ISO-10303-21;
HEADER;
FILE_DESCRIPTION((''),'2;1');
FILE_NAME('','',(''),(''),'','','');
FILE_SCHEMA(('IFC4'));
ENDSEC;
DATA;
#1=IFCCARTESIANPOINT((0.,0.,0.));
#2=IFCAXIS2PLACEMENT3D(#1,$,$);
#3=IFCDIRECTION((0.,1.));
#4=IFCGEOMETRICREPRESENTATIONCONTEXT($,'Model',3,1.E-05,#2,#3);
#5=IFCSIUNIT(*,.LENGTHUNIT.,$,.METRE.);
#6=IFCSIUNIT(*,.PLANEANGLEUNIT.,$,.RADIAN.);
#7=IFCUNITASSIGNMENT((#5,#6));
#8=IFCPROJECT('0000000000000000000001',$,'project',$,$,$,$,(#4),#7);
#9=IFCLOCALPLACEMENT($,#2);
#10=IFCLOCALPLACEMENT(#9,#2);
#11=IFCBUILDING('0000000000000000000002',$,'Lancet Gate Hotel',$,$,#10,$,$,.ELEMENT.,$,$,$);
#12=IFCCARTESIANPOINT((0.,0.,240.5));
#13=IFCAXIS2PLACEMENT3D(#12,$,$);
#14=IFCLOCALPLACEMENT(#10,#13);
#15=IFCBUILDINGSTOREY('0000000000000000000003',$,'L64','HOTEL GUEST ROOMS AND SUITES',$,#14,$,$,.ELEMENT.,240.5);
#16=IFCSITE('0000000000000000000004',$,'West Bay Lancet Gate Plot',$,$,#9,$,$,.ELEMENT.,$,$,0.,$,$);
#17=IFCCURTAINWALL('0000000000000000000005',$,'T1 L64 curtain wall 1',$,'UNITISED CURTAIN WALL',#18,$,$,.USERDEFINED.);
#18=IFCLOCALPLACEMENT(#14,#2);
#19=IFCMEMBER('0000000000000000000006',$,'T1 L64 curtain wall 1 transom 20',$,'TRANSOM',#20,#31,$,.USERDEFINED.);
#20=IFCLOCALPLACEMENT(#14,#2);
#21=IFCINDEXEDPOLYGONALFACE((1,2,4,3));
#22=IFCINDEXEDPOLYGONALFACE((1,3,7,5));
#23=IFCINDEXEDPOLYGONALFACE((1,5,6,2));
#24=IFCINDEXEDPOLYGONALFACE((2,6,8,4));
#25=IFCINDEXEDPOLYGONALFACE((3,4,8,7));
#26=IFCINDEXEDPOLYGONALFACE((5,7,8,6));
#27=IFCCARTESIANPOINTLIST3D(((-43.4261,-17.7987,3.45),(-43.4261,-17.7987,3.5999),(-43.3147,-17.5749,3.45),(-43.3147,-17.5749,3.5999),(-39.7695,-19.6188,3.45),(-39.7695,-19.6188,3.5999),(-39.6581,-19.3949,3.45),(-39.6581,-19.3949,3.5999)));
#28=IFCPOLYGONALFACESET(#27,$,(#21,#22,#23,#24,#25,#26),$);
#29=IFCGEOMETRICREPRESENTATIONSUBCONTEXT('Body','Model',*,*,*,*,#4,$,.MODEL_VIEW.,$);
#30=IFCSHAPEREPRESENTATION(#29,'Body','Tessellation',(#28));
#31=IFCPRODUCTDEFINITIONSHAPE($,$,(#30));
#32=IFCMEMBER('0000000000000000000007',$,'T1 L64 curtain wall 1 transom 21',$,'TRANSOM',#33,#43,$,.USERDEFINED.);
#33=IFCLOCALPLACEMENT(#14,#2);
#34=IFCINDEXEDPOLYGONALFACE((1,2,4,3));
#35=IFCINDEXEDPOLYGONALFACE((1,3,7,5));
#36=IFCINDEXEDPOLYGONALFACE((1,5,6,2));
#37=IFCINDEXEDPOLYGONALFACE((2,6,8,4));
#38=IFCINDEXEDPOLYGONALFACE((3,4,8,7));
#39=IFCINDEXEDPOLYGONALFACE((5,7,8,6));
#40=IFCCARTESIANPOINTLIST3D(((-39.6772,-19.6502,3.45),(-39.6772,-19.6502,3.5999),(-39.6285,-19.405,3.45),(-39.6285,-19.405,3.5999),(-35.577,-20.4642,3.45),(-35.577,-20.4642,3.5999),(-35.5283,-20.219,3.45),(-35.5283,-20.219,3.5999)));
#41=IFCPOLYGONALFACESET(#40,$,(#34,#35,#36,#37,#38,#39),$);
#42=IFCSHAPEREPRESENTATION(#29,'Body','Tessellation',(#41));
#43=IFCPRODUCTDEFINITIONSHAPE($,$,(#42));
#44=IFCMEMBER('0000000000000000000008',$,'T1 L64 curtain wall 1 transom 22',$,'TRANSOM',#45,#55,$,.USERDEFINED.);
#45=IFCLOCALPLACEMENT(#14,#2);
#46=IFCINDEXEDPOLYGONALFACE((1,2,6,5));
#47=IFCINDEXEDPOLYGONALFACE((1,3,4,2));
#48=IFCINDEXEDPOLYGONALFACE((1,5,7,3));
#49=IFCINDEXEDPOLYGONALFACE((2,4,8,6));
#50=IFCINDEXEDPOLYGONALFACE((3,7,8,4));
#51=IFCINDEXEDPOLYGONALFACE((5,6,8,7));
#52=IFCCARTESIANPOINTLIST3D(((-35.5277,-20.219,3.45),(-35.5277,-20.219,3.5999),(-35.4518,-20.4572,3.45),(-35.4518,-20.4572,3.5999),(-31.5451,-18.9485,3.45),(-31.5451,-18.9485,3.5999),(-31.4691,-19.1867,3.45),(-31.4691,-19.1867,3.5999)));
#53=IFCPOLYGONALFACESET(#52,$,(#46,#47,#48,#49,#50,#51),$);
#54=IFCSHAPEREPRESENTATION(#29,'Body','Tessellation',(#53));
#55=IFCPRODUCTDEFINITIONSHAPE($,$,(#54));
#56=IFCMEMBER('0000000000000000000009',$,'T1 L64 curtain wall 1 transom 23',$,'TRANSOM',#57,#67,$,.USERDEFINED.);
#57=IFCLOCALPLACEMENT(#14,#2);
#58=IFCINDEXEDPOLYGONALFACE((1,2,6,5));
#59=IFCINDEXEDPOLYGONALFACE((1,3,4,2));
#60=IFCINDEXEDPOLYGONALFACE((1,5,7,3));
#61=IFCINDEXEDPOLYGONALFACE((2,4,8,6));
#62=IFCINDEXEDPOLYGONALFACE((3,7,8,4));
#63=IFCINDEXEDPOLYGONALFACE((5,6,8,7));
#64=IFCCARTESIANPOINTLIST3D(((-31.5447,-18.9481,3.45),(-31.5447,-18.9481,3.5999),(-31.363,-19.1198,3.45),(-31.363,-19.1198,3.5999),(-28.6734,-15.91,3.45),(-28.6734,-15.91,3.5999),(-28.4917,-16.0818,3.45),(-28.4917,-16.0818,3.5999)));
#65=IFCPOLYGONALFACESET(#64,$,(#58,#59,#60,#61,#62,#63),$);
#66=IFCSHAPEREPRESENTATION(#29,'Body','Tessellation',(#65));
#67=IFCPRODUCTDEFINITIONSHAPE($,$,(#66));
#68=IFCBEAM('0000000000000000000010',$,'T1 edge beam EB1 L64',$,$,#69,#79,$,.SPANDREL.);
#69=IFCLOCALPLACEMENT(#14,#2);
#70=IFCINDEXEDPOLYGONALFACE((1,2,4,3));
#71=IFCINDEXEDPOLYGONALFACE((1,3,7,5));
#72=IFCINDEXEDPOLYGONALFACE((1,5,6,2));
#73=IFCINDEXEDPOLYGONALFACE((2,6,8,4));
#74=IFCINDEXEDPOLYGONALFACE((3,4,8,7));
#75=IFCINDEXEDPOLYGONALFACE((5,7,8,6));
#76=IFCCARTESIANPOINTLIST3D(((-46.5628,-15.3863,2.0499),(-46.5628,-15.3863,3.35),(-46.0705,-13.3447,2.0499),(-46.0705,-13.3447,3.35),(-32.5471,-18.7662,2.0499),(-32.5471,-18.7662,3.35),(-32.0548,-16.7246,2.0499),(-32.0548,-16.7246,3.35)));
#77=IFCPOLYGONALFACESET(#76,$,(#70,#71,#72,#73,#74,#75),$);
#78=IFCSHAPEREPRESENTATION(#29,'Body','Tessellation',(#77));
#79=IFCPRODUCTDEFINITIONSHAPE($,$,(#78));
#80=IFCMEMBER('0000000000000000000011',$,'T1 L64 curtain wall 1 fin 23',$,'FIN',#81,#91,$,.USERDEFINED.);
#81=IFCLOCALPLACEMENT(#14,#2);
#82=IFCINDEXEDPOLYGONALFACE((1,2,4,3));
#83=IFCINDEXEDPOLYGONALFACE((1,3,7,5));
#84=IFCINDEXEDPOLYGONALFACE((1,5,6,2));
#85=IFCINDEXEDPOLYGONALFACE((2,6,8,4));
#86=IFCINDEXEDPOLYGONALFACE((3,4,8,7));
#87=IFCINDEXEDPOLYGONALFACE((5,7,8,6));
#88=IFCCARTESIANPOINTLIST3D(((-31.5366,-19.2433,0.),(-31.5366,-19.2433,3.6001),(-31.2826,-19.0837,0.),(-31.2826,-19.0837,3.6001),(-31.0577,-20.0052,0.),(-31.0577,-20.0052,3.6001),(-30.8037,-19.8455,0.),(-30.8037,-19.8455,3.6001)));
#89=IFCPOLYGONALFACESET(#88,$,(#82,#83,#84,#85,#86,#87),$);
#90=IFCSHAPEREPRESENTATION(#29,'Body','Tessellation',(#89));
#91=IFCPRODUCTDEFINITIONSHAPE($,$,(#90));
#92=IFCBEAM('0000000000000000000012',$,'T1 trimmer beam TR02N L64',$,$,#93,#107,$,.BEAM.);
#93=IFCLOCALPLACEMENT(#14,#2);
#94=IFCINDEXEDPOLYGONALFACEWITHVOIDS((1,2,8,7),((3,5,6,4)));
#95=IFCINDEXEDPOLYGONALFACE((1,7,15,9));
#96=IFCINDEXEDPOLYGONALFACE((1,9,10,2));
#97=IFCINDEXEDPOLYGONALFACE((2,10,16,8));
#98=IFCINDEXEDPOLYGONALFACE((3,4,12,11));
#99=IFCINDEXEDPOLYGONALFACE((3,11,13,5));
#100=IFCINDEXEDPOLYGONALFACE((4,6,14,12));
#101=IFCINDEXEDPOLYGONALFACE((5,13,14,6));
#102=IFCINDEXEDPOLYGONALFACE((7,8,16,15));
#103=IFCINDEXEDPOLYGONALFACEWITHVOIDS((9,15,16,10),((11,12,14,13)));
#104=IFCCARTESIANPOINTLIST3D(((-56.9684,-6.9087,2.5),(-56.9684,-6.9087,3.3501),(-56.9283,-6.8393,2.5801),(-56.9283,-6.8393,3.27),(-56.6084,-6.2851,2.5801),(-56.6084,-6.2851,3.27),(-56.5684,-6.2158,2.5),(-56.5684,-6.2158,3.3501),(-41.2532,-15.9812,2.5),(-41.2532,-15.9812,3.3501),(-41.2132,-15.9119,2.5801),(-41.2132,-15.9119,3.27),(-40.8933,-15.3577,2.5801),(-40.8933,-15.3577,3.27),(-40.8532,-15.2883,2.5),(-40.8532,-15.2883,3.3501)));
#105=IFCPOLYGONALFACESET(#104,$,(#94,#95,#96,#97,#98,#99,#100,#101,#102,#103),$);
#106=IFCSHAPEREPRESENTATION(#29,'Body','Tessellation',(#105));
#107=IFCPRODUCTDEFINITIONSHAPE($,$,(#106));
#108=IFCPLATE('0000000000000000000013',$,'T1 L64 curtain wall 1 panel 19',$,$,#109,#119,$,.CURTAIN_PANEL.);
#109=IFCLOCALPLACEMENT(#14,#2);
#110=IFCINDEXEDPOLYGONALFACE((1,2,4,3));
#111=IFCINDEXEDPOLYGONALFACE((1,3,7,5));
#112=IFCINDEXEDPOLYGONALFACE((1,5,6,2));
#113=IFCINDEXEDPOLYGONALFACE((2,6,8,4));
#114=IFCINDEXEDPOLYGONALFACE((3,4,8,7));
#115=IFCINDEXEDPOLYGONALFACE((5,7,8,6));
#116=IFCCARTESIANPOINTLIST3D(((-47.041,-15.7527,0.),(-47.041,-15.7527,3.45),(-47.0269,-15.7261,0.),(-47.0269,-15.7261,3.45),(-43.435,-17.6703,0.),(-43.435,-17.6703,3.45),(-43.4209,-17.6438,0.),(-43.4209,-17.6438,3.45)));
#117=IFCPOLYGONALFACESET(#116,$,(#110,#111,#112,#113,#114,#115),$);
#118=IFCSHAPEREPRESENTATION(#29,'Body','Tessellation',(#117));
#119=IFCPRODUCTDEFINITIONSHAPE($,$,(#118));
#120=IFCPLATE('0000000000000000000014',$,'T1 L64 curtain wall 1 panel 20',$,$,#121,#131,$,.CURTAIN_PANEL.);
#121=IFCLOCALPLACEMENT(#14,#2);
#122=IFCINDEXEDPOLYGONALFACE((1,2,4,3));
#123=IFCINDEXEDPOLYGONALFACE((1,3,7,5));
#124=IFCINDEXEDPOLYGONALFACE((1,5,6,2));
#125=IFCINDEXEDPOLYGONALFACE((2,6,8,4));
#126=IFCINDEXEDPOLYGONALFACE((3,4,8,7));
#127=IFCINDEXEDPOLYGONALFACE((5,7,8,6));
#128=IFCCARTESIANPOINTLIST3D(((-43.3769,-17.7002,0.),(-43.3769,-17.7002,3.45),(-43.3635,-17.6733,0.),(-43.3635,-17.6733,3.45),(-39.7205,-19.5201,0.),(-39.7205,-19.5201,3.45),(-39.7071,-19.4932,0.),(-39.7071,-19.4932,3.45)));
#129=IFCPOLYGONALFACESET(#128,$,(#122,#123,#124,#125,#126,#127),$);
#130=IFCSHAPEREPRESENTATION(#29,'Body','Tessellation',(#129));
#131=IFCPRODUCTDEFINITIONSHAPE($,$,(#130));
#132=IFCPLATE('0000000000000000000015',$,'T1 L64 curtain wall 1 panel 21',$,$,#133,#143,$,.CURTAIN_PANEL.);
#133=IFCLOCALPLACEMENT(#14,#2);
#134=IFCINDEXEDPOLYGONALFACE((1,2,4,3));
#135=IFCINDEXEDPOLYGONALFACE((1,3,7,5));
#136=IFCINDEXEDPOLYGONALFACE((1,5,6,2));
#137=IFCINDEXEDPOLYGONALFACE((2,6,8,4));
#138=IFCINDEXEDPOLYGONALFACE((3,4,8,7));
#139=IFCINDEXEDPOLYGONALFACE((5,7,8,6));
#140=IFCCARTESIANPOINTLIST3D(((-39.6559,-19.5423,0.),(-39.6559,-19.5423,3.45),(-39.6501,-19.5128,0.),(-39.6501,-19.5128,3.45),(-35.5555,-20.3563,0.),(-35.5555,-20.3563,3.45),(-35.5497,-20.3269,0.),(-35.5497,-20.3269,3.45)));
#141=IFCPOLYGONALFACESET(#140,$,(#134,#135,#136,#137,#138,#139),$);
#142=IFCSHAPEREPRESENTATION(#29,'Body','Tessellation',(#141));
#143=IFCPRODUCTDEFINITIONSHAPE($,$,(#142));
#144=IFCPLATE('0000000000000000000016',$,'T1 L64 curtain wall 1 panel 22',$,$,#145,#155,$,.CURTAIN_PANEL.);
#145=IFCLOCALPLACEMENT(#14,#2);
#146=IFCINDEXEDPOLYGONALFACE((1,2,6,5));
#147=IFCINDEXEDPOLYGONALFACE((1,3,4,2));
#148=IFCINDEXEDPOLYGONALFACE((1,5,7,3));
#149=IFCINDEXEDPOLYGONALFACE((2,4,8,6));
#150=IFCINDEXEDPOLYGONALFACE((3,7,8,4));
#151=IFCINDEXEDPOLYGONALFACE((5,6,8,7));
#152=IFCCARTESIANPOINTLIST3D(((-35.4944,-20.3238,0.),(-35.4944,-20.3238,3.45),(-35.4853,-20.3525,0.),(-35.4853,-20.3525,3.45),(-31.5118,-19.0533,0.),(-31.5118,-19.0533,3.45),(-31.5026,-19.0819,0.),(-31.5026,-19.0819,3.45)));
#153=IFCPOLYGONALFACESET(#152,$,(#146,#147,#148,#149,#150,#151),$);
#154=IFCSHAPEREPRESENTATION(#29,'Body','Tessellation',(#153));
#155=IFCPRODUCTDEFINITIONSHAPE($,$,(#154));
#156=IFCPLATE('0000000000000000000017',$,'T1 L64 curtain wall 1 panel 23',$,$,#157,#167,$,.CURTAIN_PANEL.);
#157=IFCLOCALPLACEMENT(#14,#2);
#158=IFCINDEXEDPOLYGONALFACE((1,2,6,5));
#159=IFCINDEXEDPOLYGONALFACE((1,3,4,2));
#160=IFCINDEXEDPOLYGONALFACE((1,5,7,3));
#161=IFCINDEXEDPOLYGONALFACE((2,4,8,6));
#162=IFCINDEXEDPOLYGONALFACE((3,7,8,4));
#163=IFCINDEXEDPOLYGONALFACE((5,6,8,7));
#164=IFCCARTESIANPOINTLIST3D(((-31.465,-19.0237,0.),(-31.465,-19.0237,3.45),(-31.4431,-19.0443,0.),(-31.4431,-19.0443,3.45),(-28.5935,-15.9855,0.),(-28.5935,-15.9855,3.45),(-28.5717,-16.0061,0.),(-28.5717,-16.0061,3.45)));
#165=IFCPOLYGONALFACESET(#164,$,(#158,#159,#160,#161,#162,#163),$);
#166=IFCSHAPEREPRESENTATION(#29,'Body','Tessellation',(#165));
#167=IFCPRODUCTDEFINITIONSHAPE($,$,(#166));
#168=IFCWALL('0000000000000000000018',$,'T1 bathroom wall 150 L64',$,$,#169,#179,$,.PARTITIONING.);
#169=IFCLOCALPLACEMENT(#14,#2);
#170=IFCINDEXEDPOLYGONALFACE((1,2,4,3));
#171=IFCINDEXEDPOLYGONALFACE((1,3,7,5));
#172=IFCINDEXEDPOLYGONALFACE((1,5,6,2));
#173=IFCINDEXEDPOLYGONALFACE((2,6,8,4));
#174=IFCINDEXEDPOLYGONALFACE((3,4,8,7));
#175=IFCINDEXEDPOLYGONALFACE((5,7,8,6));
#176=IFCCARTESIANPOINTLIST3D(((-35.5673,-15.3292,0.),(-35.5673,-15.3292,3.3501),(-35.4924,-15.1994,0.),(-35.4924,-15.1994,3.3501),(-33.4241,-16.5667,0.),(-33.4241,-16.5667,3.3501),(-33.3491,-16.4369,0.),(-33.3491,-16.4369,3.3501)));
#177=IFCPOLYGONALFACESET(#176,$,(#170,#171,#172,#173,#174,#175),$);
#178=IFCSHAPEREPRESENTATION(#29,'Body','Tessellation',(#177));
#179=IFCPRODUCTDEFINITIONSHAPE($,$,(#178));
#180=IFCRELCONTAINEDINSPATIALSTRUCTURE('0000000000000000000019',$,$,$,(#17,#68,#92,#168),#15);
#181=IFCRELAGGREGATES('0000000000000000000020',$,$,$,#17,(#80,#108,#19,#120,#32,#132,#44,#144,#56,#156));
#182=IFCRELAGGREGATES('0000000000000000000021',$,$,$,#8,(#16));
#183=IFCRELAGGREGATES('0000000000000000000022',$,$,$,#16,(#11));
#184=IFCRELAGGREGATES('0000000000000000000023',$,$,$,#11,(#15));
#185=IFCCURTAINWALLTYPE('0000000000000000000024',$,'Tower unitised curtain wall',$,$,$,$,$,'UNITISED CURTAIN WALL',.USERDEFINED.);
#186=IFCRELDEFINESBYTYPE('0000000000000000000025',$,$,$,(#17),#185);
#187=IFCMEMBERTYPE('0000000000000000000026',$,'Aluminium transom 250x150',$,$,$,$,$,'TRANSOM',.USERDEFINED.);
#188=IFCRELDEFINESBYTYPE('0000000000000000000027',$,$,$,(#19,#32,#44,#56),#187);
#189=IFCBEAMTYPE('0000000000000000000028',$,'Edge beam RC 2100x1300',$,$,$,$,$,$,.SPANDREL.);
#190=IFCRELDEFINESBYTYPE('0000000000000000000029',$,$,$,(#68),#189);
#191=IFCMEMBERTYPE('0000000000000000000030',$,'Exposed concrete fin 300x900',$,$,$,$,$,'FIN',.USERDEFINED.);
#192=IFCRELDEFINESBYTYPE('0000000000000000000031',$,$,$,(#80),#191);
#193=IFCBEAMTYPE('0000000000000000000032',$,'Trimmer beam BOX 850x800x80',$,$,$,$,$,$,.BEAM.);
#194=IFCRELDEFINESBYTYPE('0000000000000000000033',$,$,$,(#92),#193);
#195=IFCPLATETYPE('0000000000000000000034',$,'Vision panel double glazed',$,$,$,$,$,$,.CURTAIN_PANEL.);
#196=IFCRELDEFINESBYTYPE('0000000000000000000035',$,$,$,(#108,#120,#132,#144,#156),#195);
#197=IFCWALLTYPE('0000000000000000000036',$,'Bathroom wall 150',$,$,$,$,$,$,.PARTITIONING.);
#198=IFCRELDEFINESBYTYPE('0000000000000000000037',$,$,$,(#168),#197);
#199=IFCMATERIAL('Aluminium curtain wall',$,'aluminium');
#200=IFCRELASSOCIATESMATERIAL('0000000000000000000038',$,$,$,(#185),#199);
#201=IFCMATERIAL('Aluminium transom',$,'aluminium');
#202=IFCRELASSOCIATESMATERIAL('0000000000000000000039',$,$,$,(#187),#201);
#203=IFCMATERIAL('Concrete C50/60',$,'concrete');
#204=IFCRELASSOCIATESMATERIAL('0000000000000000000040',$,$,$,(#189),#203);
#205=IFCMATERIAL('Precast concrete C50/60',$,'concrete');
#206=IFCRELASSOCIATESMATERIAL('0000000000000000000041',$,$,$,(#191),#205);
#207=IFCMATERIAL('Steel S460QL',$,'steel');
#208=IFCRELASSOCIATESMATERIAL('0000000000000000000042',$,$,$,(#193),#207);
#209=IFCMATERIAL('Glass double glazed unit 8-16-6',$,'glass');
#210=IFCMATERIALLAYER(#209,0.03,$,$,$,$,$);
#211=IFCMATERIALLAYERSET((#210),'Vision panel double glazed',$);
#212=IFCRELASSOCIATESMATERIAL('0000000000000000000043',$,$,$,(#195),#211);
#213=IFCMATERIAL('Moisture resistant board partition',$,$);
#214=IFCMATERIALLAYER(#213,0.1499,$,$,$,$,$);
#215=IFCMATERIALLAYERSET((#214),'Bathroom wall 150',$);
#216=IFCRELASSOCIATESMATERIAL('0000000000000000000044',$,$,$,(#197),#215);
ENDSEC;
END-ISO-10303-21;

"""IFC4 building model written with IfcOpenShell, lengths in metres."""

from ifc_helpers import new_model, si_unit, direction, frame, frame_2d, origin, origin_2d, place, context, subcontext, project, spatial, rectangle, hollow_rectangle, extrude, material, layer, layer_set, material_profile, profile_set, type_object, element, aggregate, save


model = new_model("IFC4")

# Units and contexts
model_context = context("Model", 3, precision=1e-05, world=origin(), true_north=direction((0.0, 1.0)))
body_context = subcontext(model_context, "Body", "Model", "MODEL_VIEW")
ifc_project = project(units=[si_unit("LENGTHUNIT", "METRE"), si_unit("PLANEANGLEUNIT", "RADIAN")], contexts=[model_context])

# Site, building, storey
site_placement = place(None, origin())
site = spatial("IfcSite", under=ifc_project, at=site_placement, Name="West Bay Lancet Gate Plot", CompositionType="ELEMENT", RefElevation=0.0)
building_placement = place(site_placement, origin())
building = spatial("IfcBuilding", under=site, at=building_placement, Name="Lancet Gate Hotel", CompositionType="ELEMENT")
storey_placement = place(building_placement, frame((0.0, 0.0, 240.5)))
storey = spatial("IfcBuildingStorey", under=building, at=storey_placement, Name="L64", Description="HOTEL GUEST ROOMS AND SUITES", CompositionType="ELEMENT", Elevation=240.5)

# Curtain wall, members
ifc_material_1 = material(Name="Aluminium curtain wall", Category="aluminium")
curtain_wall_type = type_object("IfcCurtainWallType", Name="Tower unitised curtain wall", ElementType="UNITISED CURTAIN WALL", PredefinedType="USERDEFINED", material=ifc_material_1)
curtain_wall_placement = place(storey_placement, origin())
curtain_wall = element("IfcCurtainWall", 1, at=curtain_wall_placement, inside=storey, type_object=curtain_wall_type, Name="T1 L64 curtain wall 1", ObjectType="UNITISED CURTAIN WALL", PredefinedType="USERDEFINED")
ifc_material_2 = material(Name="Aluminium transom", Category="aluminium")
ifc_material_profile_1 = material_profile(ifc_material_2, rectangle(XDim=0.25, YDim=0.1499, at=origin_2d()), Name="TRANSOM 250x150")
ifc_profile_set_1 = profile_set([ifc_material_profile_1], Name="Aluminium transom")
member_type_1 = type_object("IfcMemberType", Name="Aluminium transom 250x150", ElementType="TRANSOM", PredefinedType="USERDEFINED", material=ifc_profile_set_1)
member_1_placement = place(storey_placement, frame((-43.3704, -17.6868, 3.5249), z_axis=(0.895227, -0.445611, 0.0), x_axis=(0.445611, 0.895227, 0.0)))
member_1 = element("IfcMember", 2, at=member_1_placement, type_object=member_type_1, Name="T1 L64 curtain wall 1 transom 20", ObjectType="TRANSOM", PredefinedType="USERDEFINED", context=body_context, shape_type="SweptSolid", body=[
    extrude(rectangle(XDim=0.25, YDim=0.1499, at=origin_2d()), origin(), (0.0, 0.0, 1.0), 4.0845),
])
member_2_placement = place(storey_placement, frame((-39.6528, -19.5276, 3.5249), z_axis=(0.980858, -0.194723, 0.0), x_axis=(0.194723, 0.980858, 0.0)))
member_2 = element("IfcMember", 3, at=member_2_placement, type_object=member_type_1, Name="T1 L64 curtain wall 1 transom 21", ObjectType="TRANSOM", PredefinedType="USERDEFINED", context=body_context, shape_type="SweptSolid", body=[
    extrude(rectangle(XDim=0.25, YDim=0.1499, at=origin_2d()), origin(), (0.0, 0.0, 1.0), 4.1802),
])
member_3_placement = place(storey_placement, frame((-35.4897, -20.3381, 3.5249), z_axis=(0.952698, 0.30392, 0.0), x_axis=(-0.30392, 0.952698, 0.0)))
member_3 = element("IfcMember", 4, at=member_3_placement, type_object=member_type_1, Name="T1 L64 curtain wall 1 transom 22", ObjectType="TRANSOM", PredefinedType="USERDEFINED", context=body_context, shape_type="SweptSolid", body=[
    extrude(rectangle(XDim=0.25, YDim=0.1499, at=origin_2d()), origin(), (0.0, 0.0, 1.0), 4.1804),
])
member_4_placement = place(storey_placement, frame((-31.4539, -19.0339, 3.5249), z_axis=(0.686881, 0.72677, 0.0), x_axis=(-0.72677, 0.686881, 0.0)))
member_4 = element("IfcMember", 5, at=member_4_placement, type_object=member_type_1, Name="T1 L64 curtain wall 1 transom 23", ObjectType="TRANSOM", PredefinedType="USERDEFINED", context=body_context, shape_type="SweptSolid", body=[
    extrude(rectangle(XDim=0.25, YDim=0.1499, at=origin_2d()), origin(), (0.0, 0.0, 1.0), 4.1802),
])

# Beam
ifc_material_3 = material(Name="Concrete C50/60", Category="concrete")
ifc_material_profile_2 = material_profile(ifc_material_3, rectangle(XDim=2.1001, YDim=1.3, at=origin_2d()), Name="RC 2100x1300")
ifc_profile_set_2 = profile_set([ifc_material_profile_2], Name="Concrete C50/60")
beam_type_1 = type_object("IfcBeamType", Name="Edge beam RC 2100x1300", PredefinedType="SPANDREL", material=ifc_profile_set_2)
beam_1_placement = place(storey_placement, frame((-46.3167, -14.3655, 2.7), z_axis=(0.972133, -0.234431, 0.0), x_axis=(0.234431, 0.972133, 0.0)))
element("IfcBeam", 6, at=beam_1_placement, inside=storey, type_object=beam_type_1, Name="T1 edge beam EB1 L64", PredefinedType="SPANDREL", context=body_context, shape_type="SweptSolid", body=[
    extrude(rectangle(XDim=2.1001, YDim=1.3, at=origin_2d()), origin(), (0.0, 0.0, 1.0), 14.4175),
])

# Member
ifc_material_4 = material(Name="Precast concrete C50/60", Category="concrete")
ifc_material_profile_3 = material_profile(ifc_material_4, rectangle(XDim=0.3, YDim=0.8999, at=origin_2d()), Name="FIN 300x900")
ifc_profile_set_3 = profile_set([ifc_material_profile_3], Name="Precast concrete C50/60")
member_type_2 = type_object("IfcMemberType", Name="Exposed concrete fin 300x900", ElementType="FIN", PredefinedType="USERDEFINED", material=ifc_profile_set_3)
member_5_placement = place(storey_placement, frame((-31.1702, -19.5444, 0.0), z_axis=(0.0, 0.0, 1.0), x_axis=(0.846613, 0.532209, 0.0)))
member_5 = element("IfcMember", 7, at=member_5_placement, type_object=member_type_2, Name="T1 L64 curtain wall 1 fin 23", ObjectType="FIN", PredefinedType="USERDEFINED", context=body_context, shape_type="SweptSolid", body=[
    extrude(rectangle(XDim=0.3, YDim=0.8999, at=origin_2d()), origin(), (0.0, 0.0, 1.0), 3.6001),
])

# Beam
ifc_material_5 = material(Name="Steel S460QL", Category="steel")
ifc_material_profile_4 = material_profile(ifc_material_5, hollow_rectangle(XDim=0.8, YDim=0.8501, WallThickness=0.0801, at=origin_2d()), Name="BOX 850x800x80")
ifc_profile_set_4 = profile_set([ifc_material_profile_4], Name="Steel S460QL")
beam_type_2 = type_object("IfcBeamType", Name="Trimmer beam BOX 850x800x80", PredefinedType="BEAM", material=ifc_profile_set_4)
beam_2_placement = place(storey_placement, frame((-41.0532, -15.6348, 2.925), z_axis=(-0.86604, 0.499975, 0.0), x_axis=(-0.499975, -0.86604, 0.0)))
element("IfcBeam", 8, at=beam_2_placement, inside=storey, type_object=beam_type_2, Name="T1 trimmer beam TR02N L64", PredefinedType="BEAM", context=body_context, shape_type="SweptSolid", body=[
    extrude(hollow_rectangle(XDim=0.8, YDim=0.8501, WallThickness=0.0801, at=origin_2d()), origin(), (0.0, 0.0, 1.0), 18.146),
])

# Plates
ifc_material_6 = material(Name="Glass double glazed unit 8-16-6", Category="glass")
ifc_layer_1 = layer(ifc_material_6, 0.03)
ifc_layer_set_1 = layer_set([ifc_layer_1], Name="Vision panel double glazed")
plate_type = type_object("IfcPlateType", Name="Vision panel double glazed", PredefinedType="CURTAIN_PANEL", material=ifc_layer_set_1)
plate_1_placement = place(storey_placement, frame((-45.231, -16.6982, 0.0), z_axis=(0.0, 0.0, 1.0), x_axis=(0.882916, -0.469531, 0.0)))
plate_1 = element("IfcPlate", 9, at=plate_1_placement, type_object=plate_type, Name="T1 L64 curtain wall 1 panel 19", PredefinedType="CURTAIN_PANEL", context=body_context, shape_type="SweptSolid", body=[
    extrude(rectangle(XDim=4.0842, YDim=0.03, at=origin_2d()), origin(), (0.0, 0.0, 1.0), 3.45),
])
plate_2_placement = place(storey_placement, frame((-41.542, -18.5967, 0.0), z_axis=(0.0, 0.0, 1.0), x_axis=(0.895234, -0.445596, 0.0)))
plate_2 = element("IfcPlate", 10, at=plate_2_placement, type_object=plate_type, Name="T1 L64 curtain wall 1 panel 20", PredefinedType="CURTAIN_PANEL", context=body_context, shape_type="SweptSolid", body=[
    extrude(rectangle(XDim=4.0842, YDim=0.03, at=origin_2d()), origin(), (0.0, 0.0, 1.0), 3.45),
])
plate_3_placement = place(storey_placement, frame((-37.6028, -19.9346, 0.0), z_axis=(0.0, 0.0, 1.0), x_axis=(0.980857, -0.194731, 0.0)))
plate_3 = element("IfcPlate", 11, at=plate_3_placement, type_object=plate_type, Name="T1 L64 curtain wall 1 panel 21", PredefinedType="CURTAIN_PANEL", context=body_context, shape_type="SweptSolid", body=[
    extrude(rectangle(XDim=4.1804, YDim=0.03, at=origin_2d()), origin(), (0.0, 0.0, 1.0), 3.45),
])
plate_4_placement = place(storey_placement, frame((-33.4985, -19.7029, 0.0), z_axis=(0.0, 0.0, 1.0), x_axis=(0.952696, 0.303926, 0.0)))
plate_4 = element("IfcPlate", 12, at=plate_4_placement, type_object=plate_type, Name="T1 L64 curtain wall 1 panel 22", PredefinedType="CURTAIN_PANEL", context=body_context, shape_type="SweptSolid", body=[
    extrude(rectangle(XDim=4.1804, YDim=0.03, at=origin_2d()), origin(), (0.0, 0.0, 1.0), 3.45),
])
plate_5_placement = place(storey_placement, frame((-30.0183, -17.5149, 0.0), z_axis=(0.0, 0.0, 1.0), x_axis=(0.686883, 0.726768, 0.0)))
plate_5 = element("IfcPlate", 13, at=plate_5_placement, type_object=plate_type, Name="T1 L64 curtain wall 1 panel 23", PredefinedType="CURTAIN_PANEL", context=body_context, shape_type="SweptSolid", body=[
    extrude(rectangle(XDim=4.1804, YDim=0.03, at=origin_2d()), origin(), (0.0, 0.0, 1.0), 3.45),
])
aggregate(curtain_wall, [member_5, plate_1, member_1, plate_2, member_2, plate_3, member_3, plate_4, member_4, plate_5])

# Wall
ifc_material_7 = material(Name="Moisture resistant board partition")
ifc_layer_2 = layer(ifc_material_7, 0.1499)
ifc_layer_set_2 = layer_set([ifc_layer_2], Name="Bathroom wall 150")
wall_type_1 = type_object("IfcWallType", Name="Bathroom wall 150", PredefinedType="PARTITIONING", material=ifc_layer_set_2)
wall_1_placement = place(storey_placement, frame((-33.3867, -16.5017, 0.0), z_axis=(0.0, 0.0, 1.0), x_axis=(-0.866007, 0.500033, 0.0)))
element("IfcWall", 14, at=wall_1_placement, inside=storey, type_object=wall_type_1, Name="T1 bathroom wall 150 L64", PredefinedType="PARTITIONING", context=body_context, shape_type="SweptSolid", body=[
    extrude(rectangle(XDim=2.4749, YDim=0.1499, at=frame_2d((1.2373, 0.0))), origin(), (0.0, 0.0, 1.0), 3.3501),
])

save(model, "model.ifc")
